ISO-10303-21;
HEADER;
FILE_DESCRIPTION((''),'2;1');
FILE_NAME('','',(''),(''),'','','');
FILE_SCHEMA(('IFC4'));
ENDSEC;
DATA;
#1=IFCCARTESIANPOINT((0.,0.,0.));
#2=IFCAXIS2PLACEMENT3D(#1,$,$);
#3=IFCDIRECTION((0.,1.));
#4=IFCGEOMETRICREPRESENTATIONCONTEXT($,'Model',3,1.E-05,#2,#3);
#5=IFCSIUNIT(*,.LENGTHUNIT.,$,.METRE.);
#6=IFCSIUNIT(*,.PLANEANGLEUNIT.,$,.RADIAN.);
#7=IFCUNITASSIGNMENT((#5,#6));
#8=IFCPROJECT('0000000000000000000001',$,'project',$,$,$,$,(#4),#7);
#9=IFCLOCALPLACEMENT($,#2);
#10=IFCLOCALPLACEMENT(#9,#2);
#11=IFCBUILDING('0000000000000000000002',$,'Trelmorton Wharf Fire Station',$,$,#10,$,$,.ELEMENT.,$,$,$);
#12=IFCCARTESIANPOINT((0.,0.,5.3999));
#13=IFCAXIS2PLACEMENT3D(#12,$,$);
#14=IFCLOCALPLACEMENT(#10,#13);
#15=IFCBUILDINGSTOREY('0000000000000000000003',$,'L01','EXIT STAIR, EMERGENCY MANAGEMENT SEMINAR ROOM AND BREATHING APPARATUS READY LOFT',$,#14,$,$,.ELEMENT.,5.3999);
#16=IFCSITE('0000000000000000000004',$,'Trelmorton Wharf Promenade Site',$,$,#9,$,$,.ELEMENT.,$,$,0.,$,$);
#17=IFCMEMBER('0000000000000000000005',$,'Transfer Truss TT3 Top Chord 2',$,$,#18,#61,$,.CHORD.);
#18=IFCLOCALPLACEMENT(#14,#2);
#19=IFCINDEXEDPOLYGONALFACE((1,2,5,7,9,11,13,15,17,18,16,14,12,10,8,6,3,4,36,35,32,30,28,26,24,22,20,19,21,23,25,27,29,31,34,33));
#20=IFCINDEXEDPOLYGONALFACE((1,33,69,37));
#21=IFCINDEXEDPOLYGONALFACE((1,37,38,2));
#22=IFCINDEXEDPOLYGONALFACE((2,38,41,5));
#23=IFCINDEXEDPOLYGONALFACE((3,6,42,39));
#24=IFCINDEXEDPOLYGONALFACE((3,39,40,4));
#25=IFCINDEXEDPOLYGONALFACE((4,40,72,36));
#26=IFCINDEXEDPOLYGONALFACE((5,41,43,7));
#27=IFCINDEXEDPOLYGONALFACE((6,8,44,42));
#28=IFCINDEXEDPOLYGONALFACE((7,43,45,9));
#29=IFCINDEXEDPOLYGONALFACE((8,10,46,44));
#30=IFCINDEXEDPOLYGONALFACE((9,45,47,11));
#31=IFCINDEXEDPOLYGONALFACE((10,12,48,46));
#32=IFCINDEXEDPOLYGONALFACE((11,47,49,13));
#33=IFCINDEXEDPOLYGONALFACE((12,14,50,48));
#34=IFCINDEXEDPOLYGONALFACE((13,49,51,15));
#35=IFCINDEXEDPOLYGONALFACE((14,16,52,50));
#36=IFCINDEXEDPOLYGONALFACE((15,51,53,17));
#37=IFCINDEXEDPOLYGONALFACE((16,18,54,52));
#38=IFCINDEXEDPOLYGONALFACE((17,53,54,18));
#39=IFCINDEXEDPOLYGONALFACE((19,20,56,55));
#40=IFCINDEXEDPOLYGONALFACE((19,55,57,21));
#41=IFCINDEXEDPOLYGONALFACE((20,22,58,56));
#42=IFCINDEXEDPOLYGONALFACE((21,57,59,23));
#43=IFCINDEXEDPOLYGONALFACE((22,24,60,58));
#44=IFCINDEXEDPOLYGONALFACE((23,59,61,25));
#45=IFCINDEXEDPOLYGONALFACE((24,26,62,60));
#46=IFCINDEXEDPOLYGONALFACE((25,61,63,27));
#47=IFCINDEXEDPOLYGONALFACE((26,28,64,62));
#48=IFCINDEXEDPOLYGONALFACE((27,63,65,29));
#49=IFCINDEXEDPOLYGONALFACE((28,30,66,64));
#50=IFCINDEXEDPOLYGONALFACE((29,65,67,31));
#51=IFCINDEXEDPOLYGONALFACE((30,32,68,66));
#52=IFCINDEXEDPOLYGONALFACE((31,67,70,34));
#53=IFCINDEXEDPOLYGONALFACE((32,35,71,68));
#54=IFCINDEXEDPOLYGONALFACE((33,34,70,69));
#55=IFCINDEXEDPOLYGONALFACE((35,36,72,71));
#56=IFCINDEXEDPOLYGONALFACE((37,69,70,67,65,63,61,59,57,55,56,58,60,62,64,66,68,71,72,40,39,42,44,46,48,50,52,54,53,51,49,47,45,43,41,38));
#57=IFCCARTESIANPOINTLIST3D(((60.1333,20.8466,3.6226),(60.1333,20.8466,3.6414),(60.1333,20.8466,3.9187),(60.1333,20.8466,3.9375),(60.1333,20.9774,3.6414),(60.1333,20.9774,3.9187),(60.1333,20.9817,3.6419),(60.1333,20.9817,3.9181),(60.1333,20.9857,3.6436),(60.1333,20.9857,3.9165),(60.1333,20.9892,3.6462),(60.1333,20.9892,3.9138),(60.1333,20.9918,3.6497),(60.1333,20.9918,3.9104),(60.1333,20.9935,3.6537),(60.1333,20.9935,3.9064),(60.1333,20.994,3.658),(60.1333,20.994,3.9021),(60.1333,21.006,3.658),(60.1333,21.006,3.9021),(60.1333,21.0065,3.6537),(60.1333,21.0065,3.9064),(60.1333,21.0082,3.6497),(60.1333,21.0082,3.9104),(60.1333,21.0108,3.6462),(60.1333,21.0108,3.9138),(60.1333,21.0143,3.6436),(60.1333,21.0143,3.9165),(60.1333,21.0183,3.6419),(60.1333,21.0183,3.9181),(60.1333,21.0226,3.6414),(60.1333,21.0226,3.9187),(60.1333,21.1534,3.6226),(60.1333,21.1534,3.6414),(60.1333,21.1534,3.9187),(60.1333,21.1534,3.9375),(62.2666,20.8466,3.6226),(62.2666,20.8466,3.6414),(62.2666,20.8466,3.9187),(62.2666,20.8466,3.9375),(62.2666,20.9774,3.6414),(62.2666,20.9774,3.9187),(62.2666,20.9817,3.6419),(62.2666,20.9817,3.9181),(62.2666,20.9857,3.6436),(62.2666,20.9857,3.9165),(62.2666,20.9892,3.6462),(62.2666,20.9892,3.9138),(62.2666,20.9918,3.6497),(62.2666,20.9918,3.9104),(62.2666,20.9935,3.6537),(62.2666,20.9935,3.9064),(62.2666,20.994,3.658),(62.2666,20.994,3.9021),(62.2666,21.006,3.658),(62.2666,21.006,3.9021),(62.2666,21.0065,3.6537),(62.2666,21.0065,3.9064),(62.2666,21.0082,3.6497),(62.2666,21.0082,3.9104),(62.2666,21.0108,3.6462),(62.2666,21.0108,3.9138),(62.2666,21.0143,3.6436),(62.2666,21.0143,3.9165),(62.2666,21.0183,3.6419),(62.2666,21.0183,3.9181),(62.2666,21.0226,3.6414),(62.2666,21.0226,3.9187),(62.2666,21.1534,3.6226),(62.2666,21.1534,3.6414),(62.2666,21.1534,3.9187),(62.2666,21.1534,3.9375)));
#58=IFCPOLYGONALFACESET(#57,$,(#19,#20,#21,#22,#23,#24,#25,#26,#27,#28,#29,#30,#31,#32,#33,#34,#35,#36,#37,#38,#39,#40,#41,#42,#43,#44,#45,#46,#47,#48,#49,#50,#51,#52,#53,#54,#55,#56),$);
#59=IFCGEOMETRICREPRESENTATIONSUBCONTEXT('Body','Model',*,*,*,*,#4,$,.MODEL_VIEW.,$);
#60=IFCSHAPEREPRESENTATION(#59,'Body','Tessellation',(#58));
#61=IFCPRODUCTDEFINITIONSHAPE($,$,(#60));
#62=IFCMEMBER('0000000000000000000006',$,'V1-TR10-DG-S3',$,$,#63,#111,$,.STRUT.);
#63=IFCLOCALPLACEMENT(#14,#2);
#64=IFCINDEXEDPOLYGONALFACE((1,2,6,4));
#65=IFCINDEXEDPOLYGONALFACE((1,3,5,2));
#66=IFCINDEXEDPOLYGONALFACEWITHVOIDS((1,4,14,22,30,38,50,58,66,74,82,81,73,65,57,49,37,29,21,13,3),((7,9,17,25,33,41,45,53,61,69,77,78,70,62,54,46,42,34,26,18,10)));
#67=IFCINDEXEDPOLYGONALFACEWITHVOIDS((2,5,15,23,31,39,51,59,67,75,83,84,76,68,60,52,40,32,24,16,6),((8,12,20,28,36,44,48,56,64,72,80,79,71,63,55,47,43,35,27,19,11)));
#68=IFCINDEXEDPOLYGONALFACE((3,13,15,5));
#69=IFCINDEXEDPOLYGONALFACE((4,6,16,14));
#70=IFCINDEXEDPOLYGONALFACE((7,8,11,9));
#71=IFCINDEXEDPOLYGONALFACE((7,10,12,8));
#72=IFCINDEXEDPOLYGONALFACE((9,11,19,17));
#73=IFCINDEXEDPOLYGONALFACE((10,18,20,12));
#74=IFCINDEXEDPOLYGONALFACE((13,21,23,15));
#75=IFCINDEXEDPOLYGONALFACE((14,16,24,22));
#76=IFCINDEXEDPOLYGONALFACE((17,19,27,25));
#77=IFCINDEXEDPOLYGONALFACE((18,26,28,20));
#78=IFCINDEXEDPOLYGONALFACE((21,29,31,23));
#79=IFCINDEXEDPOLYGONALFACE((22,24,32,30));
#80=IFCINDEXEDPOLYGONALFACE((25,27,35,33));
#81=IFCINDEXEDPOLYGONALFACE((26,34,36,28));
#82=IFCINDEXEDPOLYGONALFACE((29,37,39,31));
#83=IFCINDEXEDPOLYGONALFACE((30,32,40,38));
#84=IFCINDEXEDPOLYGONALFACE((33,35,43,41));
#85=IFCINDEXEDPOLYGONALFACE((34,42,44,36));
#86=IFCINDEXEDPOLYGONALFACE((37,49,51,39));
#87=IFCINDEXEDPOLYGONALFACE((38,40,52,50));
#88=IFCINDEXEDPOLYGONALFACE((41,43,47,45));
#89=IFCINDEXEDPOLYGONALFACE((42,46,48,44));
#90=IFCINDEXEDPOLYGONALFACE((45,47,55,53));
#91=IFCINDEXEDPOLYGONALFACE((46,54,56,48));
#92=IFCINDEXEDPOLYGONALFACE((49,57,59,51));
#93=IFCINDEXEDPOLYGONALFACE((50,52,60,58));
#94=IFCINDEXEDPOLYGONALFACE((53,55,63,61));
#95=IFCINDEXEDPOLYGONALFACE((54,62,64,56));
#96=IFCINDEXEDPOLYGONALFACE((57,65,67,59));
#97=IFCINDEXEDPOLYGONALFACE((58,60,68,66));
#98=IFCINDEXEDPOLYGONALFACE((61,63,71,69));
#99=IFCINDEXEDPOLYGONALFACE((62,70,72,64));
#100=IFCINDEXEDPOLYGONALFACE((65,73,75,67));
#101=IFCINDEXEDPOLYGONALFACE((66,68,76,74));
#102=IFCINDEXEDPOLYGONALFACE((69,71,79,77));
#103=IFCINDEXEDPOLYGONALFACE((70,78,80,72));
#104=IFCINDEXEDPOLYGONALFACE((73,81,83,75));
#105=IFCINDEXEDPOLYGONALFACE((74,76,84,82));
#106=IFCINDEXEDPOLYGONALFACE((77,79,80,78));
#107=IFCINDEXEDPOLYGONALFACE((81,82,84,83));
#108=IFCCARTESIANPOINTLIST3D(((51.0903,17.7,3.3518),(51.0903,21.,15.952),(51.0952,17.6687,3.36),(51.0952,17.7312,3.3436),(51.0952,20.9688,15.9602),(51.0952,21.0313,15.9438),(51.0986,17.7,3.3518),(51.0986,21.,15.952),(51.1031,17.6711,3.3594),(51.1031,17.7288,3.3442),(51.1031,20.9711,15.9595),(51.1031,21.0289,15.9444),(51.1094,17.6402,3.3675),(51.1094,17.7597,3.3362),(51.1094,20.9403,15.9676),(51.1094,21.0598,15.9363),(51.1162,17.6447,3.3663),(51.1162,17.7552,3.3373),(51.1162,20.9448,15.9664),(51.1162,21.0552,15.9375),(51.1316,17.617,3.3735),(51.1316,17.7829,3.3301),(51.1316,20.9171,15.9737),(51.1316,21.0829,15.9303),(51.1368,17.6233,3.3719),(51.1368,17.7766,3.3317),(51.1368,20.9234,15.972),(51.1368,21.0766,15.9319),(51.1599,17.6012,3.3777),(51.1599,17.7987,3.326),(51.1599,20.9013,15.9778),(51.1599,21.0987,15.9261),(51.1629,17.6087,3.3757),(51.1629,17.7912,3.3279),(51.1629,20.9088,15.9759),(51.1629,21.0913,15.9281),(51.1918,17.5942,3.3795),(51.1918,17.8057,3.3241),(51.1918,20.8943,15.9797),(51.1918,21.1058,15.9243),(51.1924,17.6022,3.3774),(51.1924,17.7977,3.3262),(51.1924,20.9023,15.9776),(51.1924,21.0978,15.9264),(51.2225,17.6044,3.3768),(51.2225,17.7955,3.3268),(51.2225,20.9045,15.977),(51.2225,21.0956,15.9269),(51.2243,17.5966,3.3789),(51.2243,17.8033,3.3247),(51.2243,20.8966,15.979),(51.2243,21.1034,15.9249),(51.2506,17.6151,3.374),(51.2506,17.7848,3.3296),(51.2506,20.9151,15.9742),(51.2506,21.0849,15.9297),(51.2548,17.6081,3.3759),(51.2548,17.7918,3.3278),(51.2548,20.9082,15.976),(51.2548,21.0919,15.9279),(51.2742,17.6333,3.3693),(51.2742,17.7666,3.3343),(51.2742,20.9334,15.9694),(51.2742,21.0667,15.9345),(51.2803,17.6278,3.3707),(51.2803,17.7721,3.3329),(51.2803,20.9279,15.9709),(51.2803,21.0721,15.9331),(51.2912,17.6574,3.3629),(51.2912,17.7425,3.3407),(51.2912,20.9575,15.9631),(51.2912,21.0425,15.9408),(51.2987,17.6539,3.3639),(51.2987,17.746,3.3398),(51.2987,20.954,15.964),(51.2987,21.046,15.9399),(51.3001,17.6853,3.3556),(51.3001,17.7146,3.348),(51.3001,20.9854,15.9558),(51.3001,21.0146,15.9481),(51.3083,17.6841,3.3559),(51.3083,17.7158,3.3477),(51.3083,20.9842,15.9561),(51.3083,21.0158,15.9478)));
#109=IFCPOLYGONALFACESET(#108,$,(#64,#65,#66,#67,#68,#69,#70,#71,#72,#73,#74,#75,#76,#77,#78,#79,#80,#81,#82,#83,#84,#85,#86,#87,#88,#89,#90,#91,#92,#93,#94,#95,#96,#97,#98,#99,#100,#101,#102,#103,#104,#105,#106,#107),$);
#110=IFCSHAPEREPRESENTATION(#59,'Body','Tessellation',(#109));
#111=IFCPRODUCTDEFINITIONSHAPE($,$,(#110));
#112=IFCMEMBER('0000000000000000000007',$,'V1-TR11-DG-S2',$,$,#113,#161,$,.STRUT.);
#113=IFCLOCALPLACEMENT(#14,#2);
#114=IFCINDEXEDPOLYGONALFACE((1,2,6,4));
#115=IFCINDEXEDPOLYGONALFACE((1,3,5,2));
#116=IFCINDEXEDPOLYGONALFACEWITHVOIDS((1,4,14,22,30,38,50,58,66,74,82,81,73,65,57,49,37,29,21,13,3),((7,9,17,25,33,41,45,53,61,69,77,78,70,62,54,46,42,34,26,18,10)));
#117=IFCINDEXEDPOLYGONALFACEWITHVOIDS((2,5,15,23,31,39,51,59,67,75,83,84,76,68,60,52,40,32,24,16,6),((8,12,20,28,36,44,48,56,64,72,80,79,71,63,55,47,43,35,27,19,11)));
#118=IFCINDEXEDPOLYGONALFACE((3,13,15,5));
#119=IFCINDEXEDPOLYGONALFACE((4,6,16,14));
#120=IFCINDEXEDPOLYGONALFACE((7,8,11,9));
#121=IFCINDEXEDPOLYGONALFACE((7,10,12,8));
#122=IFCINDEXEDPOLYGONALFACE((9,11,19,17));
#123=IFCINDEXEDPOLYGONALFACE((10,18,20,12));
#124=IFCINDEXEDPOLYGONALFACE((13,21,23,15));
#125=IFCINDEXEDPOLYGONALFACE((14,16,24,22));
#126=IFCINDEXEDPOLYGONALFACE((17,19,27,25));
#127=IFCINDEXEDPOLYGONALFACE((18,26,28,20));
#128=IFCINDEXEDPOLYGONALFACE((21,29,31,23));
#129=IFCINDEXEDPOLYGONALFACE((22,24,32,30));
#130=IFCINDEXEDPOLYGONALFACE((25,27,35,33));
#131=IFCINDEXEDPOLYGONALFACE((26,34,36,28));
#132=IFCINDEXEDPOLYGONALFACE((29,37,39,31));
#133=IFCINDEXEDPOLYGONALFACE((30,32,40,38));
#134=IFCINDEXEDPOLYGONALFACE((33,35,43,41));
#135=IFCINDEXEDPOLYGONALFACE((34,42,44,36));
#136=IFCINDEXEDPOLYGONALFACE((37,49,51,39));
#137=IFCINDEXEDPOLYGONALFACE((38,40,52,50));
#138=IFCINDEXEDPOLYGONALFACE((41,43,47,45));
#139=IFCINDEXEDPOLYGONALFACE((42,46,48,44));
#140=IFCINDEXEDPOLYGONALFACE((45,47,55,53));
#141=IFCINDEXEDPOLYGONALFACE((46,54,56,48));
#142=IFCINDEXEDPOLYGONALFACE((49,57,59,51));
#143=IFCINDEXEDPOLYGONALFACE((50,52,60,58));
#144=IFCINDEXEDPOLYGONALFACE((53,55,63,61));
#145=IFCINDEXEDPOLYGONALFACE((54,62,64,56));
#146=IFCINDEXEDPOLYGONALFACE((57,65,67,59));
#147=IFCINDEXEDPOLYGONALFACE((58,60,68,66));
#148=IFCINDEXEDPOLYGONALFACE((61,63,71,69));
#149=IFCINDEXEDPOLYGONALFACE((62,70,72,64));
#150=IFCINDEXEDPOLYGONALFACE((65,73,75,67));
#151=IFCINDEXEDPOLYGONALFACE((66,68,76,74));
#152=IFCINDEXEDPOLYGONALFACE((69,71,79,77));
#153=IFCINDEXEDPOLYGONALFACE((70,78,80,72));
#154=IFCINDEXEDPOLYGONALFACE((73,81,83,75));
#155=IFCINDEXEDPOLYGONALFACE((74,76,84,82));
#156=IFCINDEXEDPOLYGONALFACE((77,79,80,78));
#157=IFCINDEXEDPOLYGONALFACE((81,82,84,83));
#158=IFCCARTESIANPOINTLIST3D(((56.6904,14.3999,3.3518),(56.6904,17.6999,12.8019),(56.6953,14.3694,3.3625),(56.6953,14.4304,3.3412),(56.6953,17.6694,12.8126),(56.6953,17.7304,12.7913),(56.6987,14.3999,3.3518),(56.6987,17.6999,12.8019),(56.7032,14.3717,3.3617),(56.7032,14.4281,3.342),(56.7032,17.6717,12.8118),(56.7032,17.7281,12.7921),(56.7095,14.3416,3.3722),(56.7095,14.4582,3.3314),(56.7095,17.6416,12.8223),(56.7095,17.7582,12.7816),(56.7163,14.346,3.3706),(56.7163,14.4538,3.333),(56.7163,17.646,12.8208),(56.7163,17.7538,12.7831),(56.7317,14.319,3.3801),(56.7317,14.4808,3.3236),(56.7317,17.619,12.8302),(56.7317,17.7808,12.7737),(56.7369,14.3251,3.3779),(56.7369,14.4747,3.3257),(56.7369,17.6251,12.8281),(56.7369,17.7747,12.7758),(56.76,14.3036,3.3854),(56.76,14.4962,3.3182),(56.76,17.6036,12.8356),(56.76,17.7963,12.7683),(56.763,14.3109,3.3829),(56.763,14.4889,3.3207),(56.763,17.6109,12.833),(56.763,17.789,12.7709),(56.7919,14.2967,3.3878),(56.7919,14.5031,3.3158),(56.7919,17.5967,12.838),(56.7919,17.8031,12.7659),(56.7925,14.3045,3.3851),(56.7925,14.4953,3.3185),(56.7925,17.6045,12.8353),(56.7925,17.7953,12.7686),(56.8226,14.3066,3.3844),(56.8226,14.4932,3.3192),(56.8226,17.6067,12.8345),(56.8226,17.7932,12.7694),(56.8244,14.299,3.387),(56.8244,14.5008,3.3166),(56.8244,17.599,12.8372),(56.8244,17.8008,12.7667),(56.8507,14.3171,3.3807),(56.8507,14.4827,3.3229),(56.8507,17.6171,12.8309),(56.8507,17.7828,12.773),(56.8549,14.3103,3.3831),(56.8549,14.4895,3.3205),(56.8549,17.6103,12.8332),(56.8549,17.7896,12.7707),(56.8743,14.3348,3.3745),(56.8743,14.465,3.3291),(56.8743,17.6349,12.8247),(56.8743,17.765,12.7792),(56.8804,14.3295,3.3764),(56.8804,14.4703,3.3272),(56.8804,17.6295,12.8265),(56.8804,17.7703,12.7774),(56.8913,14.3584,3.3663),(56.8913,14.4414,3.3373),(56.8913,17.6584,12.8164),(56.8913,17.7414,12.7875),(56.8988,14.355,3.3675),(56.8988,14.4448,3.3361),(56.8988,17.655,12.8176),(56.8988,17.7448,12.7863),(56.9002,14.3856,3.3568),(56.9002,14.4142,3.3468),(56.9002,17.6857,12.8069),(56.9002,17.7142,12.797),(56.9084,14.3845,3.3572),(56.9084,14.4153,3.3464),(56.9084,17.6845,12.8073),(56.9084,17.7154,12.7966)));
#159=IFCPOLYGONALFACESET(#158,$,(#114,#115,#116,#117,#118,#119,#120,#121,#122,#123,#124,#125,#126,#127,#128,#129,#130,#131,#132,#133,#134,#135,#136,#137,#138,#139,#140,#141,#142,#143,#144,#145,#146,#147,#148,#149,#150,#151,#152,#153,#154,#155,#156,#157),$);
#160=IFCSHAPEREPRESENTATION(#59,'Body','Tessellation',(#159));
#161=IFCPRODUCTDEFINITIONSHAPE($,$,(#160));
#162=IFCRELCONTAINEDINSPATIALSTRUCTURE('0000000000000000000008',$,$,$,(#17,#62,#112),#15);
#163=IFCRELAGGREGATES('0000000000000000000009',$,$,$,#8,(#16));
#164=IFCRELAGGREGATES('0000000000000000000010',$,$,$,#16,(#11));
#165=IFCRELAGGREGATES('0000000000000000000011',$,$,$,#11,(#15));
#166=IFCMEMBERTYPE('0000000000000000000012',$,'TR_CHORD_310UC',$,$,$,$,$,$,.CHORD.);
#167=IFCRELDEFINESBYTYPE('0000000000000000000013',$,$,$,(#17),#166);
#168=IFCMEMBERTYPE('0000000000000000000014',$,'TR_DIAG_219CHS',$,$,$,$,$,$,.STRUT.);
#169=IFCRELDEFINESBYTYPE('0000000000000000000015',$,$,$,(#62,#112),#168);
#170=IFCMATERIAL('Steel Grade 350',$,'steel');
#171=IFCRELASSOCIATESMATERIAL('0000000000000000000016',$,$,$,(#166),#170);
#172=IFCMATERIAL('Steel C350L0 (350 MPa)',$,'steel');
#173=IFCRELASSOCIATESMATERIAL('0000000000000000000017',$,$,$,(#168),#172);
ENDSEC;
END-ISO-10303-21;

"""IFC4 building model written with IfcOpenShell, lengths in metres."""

from ifc_helpers import new_model, si_unit, direction, frame, origin, origin_2d, place, context, subcontext, project, spatial, hollow_circle, i_section, extrude, material, material_profile, profile_set, type_object, element, save


model = new_model("IFC4")

# Units and contexts
model_context = context("Model", 3, precision=1e-05, world=origin(), true_north=direction((0.0, 1.0)))
body_context = subcontext(model_context, "Body", "Model", "MODEL_VIEW")
ifc_project = project(units=[si_unit("LENGTHUNIT", "METRE"), si_unit("PLANEANGLEUNIT", "RADIAN")], contexts=[model_context])

# Site, building, storey
site_placement = place(None, origin())
site = spatial("IfcSite", under=ifc_project, at=site_placement, Name="Trelmorton Wharf Promenade Site", CompositionType="ELEMENT", RefElevation=0.0)
building_placement = place(site_placement, origin())
building = spatial("IfcBuilding", under=site, at=building_placement, Name="Trelmorton Wharf Fire Station", CompositionType="ELEMENT")
storey_placement = place(building_placement, frame((0.0, 0.0, 5.3999)))
storey = spatial("IfcBuildingStorey", under=building, at=storey_placement, Name="L01", Description="EXIT STAIR, EMERGENCY MANAGEMENT SEMINAR ROOM AND BREATHING APPARATUS READY LOFT", CompositionType="ELEMENT", Elevation=5.3999)

# Shared definitions
ifc_material_1 = material(Name="Steel Grade 350", Category="steel")

# Members
ifc_material_profile_1 = material_profile(ifc_material_1, i_section(OverallWidth=0.3069, OverallDepth=0.3149, WebThickness=0.012, FlangeThickness=0.0188, FilletRadius=0.0166, at=origin_2d()), Name="310UC118")
ifc_profile_set_1 = profile_set([ifc_material_profile_1], Name="Steel Grade 350")
member_type_1 = type_object("IfcMemberType", Name="TR_CHORD_310UC", PredefinedType="CHORD", material=ifc_profile_set_1)
member_1_placement = place(storey_placement, frame((60.1333, 21.0, 3.78), z_axis=(1.0, 0.0, 0.0), x_axis=(0.0, 1.0, 0.0)))
element("IfcMember", 1, at=member_1_placement, inside=storey, type_object=member_type_1, Name="Transfer Truss TT3 Top Chord 2", PredefinedType="CHORD", context=body_context, shape_type="SweptSolid", body=[
    extrude(i_section(OverallWidth=0.3069, OverallDepth=0.3149, WebThickness=0.012, FlangeThickness=0.0188, FilletRadius=0.0166, at=origin_2d()), origin(), (0.0, 0.0, 1.0), 2.1333),
])
ifc_material_2 = material(Name="Steel C350L0 (350 MPa)", Category="steel")
ifc_material_profile_2 = material_profile(ifc_material_2, hollow_circle(Radius=0.1096, WallThickness=0.0083, at=origin_2d()), Name="219.1x8.2CHS")
ifc_profile_set_2 = profile_set([ifc_material_profile_2], Name="Steel C350L0 (350 MPa)")
member_type_2 = type_object("IfcMemberType", Name="TR_DIAG_219CHS", PredefinedType="STRUT", material=ifc_profile_set_2)
member_2_placement = place(storey_placement, frame((51.2, 17.7, 3.3518), z_axis=(0.0, 0.253361, 0.967372), x_axis=(-1.0, 0.0, 0.0)))
element("IfcMember", 2, at=member_2_placement, inside=storey, type_object=member_type_2, Name="V1-TR10-DG-S3", PredefinedType="STRUT", context=body_context, shape_type="SweptSolid", body=[
    extrude(hollow_circle(Radius=0.1096, WallThickness=0.0083, at=origin_2d()), origin(), (0.0, 0.0, 1.0), 13.0251),
])
member_3_placement = place(storey_placement, frame((56.8, 14.3999, 3.3518), z_axis=(0.0, 0.329681, 0.944092), x_axis=(-1.0, 0.0, 0.0)))
element("IfcMember", 3, at=member_3_placement, inside=storey, type_object=member_type_2, Name="V1-TR11-DG-S2", PredefinedType="STRUT", context=body_context, shape_type="SweptSolid", body=[
    extrude(hollow_circle(Radius=0.1096, WallThickness=0.0083, at=origin_2d()), origin(), (0.0, 0.0, 1.0), 10.0098),
])

save(model, "model.ifc")
